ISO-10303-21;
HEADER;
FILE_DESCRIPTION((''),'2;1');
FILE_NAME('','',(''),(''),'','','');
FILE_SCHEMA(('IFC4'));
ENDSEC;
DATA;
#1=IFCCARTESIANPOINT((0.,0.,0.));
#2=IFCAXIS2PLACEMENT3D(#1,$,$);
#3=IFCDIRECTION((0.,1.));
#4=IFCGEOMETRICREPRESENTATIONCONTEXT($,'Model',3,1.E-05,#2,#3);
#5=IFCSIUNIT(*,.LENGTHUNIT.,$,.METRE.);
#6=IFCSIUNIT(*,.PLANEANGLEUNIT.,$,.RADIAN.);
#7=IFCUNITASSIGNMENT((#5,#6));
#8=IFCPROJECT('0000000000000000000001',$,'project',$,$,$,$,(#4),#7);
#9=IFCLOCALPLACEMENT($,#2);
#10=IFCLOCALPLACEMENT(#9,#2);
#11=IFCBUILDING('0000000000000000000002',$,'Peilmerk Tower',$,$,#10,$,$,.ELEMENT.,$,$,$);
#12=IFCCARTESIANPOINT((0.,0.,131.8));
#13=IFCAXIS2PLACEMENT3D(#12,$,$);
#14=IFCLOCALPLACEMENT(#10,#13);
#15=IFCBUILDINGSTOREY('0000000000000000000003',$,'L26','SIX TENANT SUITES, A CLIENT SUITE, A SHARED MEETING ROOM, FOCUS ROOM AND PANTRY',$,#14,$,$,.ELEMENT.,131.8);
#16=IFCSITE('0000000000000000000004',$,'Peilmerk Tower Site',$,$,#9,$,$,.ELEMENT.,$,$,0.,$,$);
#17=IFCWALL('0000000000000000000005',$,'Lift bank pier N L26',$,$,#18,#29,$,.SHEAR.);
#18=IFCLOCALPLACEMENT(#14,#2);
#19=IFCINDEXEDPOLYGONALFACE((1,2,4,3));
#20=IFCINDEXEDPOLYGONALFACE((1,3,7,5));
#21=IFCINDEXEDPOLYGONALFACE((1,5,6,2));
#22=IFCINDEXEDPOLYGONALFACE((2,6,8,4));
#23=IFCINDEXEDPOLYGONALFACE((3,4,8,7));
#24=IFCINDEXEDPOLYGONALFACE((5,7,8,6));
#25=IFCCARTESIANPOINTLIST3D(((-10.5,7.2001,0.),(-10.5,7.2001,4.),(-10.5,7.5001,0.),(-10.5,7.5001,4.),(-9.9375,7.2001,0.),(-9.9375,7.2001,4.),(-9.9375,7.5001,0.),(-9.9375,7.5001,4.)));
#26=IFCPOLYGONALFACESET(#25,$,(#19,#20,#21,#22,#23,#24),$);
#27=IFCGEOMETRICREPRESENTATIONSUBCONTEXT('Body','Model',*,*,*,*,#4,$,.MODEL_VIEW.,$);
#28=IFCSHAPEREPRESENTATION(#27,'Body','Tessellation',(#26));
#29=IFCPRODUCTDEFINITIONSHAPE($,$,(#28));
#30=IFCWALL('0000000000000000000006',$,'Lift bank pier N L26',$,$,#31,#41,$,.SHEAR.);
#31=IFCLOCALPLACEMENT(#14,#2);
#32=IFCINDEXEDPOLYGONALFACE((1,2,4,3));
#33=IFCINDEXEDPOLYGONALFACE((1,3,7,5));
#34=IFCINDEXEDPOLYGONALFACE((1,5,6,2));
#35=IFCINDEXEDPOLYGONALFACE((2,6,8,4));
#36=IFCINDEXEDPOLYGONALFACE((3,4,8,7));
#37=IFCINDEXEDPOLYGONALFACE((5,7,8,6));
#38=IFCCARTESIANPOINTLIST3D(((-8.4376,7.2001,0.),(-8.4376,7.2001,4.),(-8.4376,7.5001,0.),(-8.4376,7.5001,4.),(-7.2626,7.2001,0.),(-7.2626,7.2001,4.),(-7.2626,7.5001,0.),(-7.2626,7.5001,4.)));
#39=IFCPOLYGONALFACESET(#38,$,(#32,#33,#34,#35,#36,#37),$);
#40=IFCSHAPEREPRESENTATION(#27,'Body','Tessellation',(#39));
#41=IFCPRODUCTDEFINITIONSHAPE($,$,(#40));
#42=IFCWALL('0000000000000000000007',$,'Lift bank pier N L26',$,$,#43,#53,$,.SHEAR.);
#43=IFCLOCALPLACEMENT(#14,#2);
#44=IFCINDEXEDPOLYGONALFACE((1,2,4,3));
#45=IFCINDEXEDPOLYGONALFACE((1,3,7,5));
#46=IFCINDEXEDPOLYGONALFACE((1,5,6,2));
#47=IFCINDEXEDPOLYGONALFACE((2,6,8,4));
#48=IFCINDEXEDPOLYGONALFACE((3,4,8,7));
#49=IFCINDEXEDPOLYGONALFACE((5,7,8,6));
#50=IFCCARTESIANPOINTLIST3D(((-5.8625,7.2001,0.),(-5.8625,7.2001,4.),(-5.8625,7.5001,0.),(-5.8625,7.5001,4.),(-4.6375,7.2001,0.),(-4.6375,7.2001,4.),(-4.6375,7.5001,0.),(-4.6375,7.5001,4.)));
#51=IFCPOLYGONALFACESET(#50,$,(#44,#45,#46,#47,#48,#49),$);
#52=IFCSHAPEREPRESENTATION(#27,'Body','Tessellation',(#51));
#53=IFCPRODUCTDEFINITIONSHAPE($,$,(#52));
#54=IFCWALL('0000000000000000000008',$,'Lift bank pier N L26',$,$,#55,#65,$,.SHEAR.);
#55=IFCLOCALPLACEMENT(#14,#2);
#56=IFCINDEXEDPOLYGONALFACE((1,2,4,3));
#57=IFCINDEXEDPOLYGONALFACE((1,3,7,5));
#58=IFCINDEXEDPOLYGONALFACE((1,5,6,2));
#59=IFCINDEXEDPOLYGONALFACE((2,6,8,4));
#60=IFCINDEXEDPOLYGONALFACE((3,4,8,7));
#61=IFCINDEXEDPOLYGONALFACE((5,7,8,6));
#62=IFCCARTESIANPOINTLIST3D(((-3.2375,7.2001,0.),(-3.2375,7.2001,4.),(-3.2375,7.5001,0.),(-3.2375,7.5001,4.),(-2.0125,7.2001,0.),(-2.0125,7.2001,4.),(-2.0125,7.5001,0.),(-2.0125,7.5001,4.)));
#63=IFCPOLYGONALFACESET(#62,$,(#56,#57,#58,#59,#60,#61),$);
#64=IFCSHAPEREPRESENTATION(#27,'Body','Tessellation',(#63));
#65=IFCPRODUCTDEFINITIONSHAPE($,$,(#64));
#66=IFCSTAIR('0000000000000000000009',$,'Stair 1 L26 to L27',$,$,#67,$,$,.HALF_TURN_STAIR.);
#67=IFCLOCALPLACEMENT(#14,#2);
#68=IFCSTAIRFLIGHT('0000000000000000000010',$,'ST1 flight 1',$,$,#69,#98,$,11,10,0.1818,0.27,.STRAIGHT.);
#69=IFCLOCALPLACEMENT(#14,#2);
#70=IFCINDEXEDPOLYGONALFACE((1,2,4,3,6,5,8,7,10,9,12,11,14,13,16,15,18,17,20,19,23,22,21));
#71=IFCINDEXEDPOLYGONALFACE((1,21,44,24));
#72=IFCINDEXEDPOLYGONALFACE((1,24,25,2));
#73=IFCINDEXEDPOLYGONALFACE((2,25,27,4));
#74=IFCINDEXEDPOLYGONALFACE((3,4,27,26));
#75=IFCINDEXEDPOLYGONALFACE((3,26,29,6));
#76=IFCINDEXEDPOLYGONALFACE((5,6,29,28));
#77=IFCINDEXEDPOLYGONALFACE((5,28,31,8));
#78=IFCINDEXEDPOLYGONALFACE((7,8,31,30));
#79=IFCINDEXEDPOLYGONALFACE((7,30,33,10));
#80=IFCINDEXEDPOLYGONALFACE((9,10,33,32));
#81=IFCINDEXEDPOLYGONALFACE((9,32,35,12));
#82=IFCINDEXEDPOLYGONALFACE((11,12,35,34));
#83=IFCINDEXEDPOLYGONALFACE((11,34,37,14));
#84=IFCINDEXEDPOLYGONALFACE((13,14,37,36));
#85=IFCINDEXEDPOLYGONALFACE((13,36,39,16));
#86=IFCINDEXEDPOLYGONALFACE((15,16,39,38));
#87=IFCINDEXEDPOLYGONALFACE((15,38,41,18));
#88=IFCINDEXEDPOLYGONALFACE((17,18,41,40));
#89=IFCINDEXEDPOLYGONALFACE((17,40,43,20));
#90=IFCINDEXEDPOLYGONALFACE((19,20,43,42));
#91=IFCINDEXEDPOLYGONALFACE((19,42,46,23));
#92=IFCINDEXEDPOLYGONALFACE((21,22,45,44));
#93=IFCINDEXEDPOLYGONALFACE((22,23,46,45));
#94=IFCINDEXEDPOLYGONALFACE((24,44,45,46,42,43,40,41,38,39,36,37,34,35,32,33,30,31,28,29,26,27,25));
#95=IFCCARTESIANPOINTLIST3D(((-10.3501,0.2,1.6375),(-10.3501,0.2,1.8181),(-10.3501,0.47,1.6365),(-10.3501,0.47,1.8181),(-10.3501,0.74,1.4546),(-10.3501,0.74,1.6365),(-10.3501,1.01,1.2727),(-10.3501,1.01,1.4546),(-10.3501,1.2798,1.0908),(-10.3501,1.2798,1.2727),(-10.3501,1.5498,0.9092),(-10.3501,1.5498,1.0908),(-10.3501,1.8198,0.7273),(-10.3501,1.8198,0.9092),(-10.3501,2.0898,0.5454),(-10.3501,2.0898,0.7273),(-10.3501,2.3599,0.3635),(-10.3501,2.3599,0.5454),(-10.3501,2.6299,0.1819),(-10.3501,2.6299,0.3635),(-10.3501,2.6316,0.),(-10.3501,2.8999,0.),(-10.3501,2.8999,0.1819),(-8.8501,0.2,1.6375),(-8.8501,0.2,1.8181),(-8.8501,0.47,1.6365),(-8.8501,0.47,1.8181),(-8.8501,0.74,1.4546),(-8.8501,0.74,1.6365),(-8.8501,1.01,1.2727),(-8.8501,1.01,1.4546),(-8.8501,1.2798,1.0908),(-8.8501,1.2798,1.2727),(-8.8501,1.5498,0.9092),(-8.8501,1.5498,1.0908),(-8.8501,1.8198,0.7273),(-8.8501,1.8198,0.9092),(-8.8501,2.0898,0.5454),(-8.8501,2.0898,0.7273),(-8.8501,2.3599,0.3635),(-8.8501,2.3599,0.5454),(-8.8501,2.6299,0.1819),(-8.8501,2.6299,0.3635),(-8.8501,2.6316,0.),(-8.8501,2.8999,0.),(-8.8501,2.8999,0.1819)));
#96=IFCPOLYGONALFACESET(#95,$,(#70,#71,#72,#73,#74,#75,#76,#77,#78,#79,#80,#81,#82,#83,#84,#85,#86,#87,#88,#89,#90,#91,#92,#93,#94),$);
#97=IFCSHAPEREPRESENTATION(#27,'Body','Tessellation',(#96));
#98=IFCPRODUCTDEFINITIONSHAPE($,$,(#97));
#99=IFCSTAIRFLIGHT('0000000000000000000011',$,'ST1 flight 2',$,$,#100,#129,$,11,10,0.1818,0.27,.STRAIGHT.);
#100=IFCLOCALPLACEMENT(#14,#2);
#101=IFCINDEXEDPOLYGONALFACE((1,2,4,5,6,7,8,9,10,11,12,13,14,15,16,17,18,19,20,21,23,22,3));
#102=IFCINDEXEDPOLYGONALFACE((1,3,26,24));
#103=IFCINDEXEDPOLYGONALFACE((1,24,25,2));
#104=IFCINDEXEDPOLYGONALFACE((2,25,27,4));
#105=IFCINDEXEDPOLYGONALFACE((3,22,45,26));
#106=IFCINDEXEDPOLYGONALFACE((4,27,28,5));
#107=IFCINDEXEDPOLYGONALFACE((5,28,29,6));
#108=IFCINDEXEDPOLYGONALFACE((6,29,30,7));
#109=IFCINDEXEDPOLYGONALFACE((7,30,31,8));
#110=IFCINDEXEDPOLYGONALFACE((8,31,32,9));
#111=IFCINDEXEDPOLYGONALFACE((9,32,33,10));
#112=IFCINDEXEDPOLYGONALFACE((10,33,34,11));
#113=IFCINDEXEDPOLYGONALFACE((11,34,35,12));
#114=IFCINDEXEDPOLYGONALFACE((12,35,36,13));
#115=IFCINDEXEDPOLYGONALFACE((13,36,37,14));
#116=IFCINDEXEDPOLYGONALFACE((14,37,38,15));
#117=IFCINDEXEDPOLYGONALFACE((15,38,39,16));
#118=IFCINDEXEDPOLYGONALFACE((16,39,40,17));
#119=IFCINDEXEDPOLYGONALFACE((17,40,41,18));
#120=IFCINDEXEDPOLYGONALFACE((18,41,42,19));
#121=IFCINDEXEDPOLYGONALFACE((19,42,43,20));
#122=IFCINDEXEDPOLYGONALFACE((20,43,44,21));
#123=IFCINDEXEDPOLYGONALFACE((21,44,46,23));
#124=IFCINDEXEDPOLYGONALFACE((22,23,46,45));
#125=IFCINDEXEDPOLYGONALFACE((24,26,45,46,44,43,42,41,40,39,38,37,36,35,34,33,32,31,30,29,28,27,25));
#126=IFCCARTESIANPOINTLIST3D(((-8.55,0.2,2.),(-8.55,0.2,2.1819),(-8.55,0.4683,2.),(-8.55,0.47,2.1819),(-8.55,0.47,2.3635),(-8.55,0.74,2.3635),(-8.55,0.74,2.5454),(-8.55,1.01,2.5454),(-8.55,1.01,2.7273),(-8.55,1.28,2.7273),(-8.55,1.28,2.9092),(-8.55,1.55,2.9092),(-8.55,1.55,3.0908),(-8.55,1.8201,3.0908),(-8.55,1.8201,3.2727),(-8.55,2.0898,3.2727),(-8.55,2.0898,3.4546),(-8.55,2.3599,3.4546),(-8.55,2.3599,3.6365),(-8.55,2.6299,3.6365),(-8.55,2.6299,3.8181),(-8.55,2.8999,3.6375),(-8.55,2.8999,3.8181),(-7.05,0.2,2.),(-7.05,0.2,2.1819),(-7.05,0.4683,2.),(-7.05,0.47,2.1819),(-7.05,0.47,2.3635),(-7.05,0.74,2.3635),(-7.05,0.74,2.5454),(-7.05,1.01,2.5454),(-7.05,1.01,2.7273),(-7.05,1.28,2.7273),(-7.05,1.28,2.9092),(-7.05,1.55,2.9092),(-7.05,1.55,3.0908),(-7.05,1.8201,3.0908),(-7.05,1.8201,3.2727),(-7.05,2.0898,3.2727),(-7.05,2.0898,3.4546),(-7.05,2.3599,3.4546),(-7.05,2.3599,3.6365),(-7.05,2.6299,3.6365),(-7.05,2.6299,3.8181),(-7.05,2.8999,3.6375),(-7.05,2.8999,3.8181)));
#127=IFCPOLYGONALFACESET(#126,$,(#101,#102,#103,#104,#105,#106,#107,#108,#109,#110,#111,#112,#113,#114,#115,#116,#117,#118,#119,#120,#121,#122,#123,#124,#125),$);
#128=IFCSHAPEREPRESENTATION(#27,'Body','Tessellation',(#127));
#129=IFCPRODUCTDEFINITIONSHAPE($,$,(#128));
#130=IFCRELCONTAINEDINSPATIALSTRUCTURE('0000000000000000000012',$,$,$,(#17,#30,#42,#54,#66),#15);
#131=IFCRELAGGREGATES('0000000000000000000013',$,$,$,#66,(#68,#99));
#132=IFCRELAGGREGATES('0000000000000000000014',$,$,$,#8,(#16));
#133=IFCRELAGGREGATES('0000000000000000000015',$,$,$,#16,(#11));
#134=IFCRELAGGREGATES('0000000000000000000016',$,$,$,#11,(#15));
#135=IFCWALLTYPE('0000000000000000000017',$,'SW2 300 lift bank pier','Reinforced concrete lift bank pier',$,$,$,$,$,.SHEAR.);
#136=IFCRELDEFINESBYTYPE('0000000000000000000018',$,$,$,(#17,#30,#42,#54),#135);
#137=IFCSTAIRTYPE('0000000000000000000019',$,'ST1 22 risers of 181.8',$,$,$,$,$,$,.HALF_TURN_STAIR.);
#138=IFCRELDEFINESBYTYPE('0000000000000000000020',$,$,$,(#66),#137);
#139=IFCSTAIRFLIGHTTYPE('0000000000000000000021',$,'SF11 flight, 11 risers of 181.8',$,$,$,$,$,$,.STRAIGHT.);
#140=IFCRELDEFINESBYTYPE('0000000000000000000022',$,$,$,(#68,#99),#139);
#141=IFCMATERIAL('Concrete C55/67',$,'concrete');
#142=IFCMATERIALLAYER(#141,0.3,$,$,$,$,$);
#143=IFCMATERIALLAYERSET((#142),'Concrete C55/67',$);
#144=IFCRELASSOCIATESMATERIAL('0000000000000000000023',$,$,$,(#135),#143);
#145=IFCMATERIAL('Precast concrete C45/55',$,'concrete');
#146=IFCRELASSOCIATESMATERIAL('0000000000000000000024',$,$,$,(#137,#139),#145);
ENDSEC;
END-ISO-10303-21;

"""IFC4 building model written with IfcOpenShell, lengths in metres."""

from ifc_helpers import new_model, si_unit, direction, frame, frame_2d, origin, place, context, subcontext, project, spatial, polyline, rectangle, outline, extrude, material, layer, layer_set, type_object, element, aggregate, save


model = new_model("IFC4")

# Units and contexts
model_context = context("Model", 3, precision=1e-05, world=origin(), true_north=direction((0.0, 1.0)))
body_context = subcontext(model_context, "Body", "Model", "MODEL_VIEW")
ifc_project = project(units=[si_unit("LENGTHUNIT", "METRE"), si_unit("PLANEANGLEUNIT", "RADIAN")], contexts=[model_context])

# Site, building, storey
site_placement = place(None, origin())
site = spatial("IfcSite", under=ifc_project, at=site_placement, Name="Peilmerk Tower Site", CompositionType="ELEMENT", RefElevation=0.0)
building_placement = place(site_placement, origin())
building = spatial("IfcBuilding", under=site, at=building_placement, Name="Peilmerk Tower", CompositionType="ELEMENT")
storey_placement = place(building_placement, frame((0.0, 0.0, 131.8)))
storey = spatial("IfcBuildingStorey", under=building, at=storey_placement, Name="L26", Description="SIX TENANT SUITES, A CLIENT SUITE, A SHARED MEETING ROOM, FOCUS ROOM AND PANTRY", CompositionType="ELEMENT", Elevation=131.8)

# Shared definitions
ifc_material_1 = material(Name="Concrete C55/67", Category="concrete")

# Walls
ifc_layer_1 = layer(ifc_material_1, 0.3)
ifc_layer_set_1 = layer_set([ifc_layer_1], Name="Concrete C55/67")
wall_type_1 = type_object("IfcWallType", Name="SW2 300 lift bank pier", Description="Reinforced concrete lift bank pier", PredefinedType="SHEAR", material=ifc_layer_set_1)
wall_1_placement = place(storey_placement, frame((-10.5, 7.3501, 0.0), z_axis=(0.0, 0.0, 1.0), x_axis=(1.0, 0.0, 0.0)))
element("IfcWall", 1, at=wall_1_placement, inside=storey, type_object=wall_type_1, Name="Lift bank pier N L26", PredefinedType="SHEAR", context=body_context, shape_type="SweptSolid", body=[
    extrude(rectangle(XDim=0.5625, YDim=0.3, at=frame_2d((0.2812, 0.0))), origin(), (0.0, 0.0, 1.0), 4.0),
])
wall_2_placement = place(storey_placement, frame((-8.4375, 7.3501, 0.0), z_axis=(0.0, 0.0, 1.0), x_axis=(1.0, 0.0, 0.0)))
element("IfcWall", 2, at=wall_2_placement, inside=storey, type_object=wall_type_1, Name="Lift bank pier N L26", PredefinedType="SHEAR", context=body_context, shape_type="SweptSolid", body=[
    extrude(rectangle(XDim=1.175, YDim=0.3, at=frame_2d((0.5874, 0.0))), origin(), (0.0, 0.0, 1.0), 4.0),
])
for number, where, z_axis, x_axis, name in (
    (3, (-5.8625, 7.3501, 0.0), (0.0, 0.0, 1.0), (1.0, 0.0, 0.0), "Lift bank pier N L26"),
    (4, (-3.2375, 7.3501, 0.0), (0.0, 0.0, 1.0), (1.0, 0.0, 0.0), "Lift bank pier N L26"),
):
    element("IfcWall", number, at=place(storey_placement, frame(where, z_axis=z_axis, x_axis=x_axis)), inside=storey, type_object=wall_type_1, Name=name, PredefinedType="SHEAR", context=body_context, shape_type="SweptSolid", body=[
        extrude(rectangle(XDim=1.2251, YDim=0.3, at=frame_2d((0.6125, 0.0))), origin(), (0.0, 0.0, 1.0), 4.0),
    ])

# Stair, stair flights
ifc_material_2 = material(Name="Precast concrete C45/55", Category="concrete")
stair_type = type_object("IfcStairType", Name="ST1 22 risers of 181.8", PredefinedType="HALF_TURN_STAIR", material=ifc_material_2)
stair_placement = place(storey_placement, origin())
stair = element("IfcStair", 5, at=stair_placement, inside=storey, type_object=stair_type, Name="Stair 1 L26 to L27", PredefinedType="HALF_TURN_STAIR")
stair_flight_type = type_object("IfcStairFlightType", Name="SF11 flight, 11 risers of 181.8", PredefinedType="STRAIGHT", material=ifc_material_2)
stair_flight_1_placement = place(storey_placement, frame((-9.6001, 2.8999, 0.0), z_axis=(0.0, 0.0, 1.0), x_axis=(0.0, -1.0, 0.0)))
stair_flight_1 = element("IfcStairFlight", 6, at=stair_flight_1_placement, type_object=stair_flight_type, Name="ST1 flight 1", NumberOfRisers=11, NumberOfTreads=10, PredefinedType="STRAIGHT", RiserHeight=0.1818, TreadLength=0.27, context=body_context, shape_type="SweptSolid", body=[
    extrude(outline(polyline([(0.0, 0.0), (0.0, 0.1819), (0.27, 0.1819), (0.27, 0.3635), (0.54, 0.3635), (0.54, 0.5454), (0.8101, 0.5454), (0.8101, 0.7273), (1.0801, 0.7273), (1.0801, 0.9092), (1.3501, 0.9092), (1.3501, 1.0908), (1.6201, 1.0908), (1.6201, 1.2727), (1.8899, 1.2727), (1.8899, 1.4546), (2.1599, 1.4546), (2.1599, 1.6365), (2.4299, 1.6365), (2.4299, 1.8181), (2.7, 1.8181), (2.7, 2.0), (2.7, 1.6375), (0.2683, 0.0), (0.0, 0.0)])), frame((0.0, 0.75, 0.0), z_axis=(0.0, -1.0, 0.0), x_axis=(1.0, 0.0, 0.0)), (0.0, 0.0, 1.0), 1.5),
])
stair_flight_2_placement = place(storey_placement, frame((-7.8, 0.2, 2.0), z_axis=(0.0, 0.0, 1.0), x_axis=(0.0, 1.0, 0.0)))
stair_flight_2 = element("IfcStairFlight", 7, at=stair_flight_2_placement, type_object=stair_flight_type, Name="ST1 flight 2", NumberOfRisers=11, NumberOfTreads=10, PredefinedType="STRAIGHT", RiserHeight=0.1818, TreadLength=0.27, context=body_context, shape_type="SweptSolid", body=[
    extrude(outline(polyline([(0.0, 0.0), (0.0, 0.1819), (0.27, 0.1819), (0.27, 0.3635), (0.54, 0.3635), (0.54, 0.5454), (0.8101, 0.5454), (0.8101, 0.7273), (1.0801, 0.7273), (1.0801, 0.9092), (1.3501, 0.9092), (1.3501, 1.0908), (1.6201, 1.0908), (1.6201, 1.2727), (1.8899, 1.2727), (1.8899, 1.4546), (2.1599, 1.4546), (2.1599, 1.6365), (2.4299, 1.6365), (2.4299, 1.8181), (2.7, 1.8181), (2.7, 2.0), (2.7, 1.6375), (0.2683, 0.0), (0.0, 0.0)])), frame((0.0, 0.75, 0.0), z_axis=(0.0, -1.0, 0.0), x_axis=(1.0, 0.0, 0.0)), (0.0, 0.0, 1.0), 1.5),
])
aggregate(stair, [stair_flight_1, stair_flight_2])

save(model, "model.ifc")
